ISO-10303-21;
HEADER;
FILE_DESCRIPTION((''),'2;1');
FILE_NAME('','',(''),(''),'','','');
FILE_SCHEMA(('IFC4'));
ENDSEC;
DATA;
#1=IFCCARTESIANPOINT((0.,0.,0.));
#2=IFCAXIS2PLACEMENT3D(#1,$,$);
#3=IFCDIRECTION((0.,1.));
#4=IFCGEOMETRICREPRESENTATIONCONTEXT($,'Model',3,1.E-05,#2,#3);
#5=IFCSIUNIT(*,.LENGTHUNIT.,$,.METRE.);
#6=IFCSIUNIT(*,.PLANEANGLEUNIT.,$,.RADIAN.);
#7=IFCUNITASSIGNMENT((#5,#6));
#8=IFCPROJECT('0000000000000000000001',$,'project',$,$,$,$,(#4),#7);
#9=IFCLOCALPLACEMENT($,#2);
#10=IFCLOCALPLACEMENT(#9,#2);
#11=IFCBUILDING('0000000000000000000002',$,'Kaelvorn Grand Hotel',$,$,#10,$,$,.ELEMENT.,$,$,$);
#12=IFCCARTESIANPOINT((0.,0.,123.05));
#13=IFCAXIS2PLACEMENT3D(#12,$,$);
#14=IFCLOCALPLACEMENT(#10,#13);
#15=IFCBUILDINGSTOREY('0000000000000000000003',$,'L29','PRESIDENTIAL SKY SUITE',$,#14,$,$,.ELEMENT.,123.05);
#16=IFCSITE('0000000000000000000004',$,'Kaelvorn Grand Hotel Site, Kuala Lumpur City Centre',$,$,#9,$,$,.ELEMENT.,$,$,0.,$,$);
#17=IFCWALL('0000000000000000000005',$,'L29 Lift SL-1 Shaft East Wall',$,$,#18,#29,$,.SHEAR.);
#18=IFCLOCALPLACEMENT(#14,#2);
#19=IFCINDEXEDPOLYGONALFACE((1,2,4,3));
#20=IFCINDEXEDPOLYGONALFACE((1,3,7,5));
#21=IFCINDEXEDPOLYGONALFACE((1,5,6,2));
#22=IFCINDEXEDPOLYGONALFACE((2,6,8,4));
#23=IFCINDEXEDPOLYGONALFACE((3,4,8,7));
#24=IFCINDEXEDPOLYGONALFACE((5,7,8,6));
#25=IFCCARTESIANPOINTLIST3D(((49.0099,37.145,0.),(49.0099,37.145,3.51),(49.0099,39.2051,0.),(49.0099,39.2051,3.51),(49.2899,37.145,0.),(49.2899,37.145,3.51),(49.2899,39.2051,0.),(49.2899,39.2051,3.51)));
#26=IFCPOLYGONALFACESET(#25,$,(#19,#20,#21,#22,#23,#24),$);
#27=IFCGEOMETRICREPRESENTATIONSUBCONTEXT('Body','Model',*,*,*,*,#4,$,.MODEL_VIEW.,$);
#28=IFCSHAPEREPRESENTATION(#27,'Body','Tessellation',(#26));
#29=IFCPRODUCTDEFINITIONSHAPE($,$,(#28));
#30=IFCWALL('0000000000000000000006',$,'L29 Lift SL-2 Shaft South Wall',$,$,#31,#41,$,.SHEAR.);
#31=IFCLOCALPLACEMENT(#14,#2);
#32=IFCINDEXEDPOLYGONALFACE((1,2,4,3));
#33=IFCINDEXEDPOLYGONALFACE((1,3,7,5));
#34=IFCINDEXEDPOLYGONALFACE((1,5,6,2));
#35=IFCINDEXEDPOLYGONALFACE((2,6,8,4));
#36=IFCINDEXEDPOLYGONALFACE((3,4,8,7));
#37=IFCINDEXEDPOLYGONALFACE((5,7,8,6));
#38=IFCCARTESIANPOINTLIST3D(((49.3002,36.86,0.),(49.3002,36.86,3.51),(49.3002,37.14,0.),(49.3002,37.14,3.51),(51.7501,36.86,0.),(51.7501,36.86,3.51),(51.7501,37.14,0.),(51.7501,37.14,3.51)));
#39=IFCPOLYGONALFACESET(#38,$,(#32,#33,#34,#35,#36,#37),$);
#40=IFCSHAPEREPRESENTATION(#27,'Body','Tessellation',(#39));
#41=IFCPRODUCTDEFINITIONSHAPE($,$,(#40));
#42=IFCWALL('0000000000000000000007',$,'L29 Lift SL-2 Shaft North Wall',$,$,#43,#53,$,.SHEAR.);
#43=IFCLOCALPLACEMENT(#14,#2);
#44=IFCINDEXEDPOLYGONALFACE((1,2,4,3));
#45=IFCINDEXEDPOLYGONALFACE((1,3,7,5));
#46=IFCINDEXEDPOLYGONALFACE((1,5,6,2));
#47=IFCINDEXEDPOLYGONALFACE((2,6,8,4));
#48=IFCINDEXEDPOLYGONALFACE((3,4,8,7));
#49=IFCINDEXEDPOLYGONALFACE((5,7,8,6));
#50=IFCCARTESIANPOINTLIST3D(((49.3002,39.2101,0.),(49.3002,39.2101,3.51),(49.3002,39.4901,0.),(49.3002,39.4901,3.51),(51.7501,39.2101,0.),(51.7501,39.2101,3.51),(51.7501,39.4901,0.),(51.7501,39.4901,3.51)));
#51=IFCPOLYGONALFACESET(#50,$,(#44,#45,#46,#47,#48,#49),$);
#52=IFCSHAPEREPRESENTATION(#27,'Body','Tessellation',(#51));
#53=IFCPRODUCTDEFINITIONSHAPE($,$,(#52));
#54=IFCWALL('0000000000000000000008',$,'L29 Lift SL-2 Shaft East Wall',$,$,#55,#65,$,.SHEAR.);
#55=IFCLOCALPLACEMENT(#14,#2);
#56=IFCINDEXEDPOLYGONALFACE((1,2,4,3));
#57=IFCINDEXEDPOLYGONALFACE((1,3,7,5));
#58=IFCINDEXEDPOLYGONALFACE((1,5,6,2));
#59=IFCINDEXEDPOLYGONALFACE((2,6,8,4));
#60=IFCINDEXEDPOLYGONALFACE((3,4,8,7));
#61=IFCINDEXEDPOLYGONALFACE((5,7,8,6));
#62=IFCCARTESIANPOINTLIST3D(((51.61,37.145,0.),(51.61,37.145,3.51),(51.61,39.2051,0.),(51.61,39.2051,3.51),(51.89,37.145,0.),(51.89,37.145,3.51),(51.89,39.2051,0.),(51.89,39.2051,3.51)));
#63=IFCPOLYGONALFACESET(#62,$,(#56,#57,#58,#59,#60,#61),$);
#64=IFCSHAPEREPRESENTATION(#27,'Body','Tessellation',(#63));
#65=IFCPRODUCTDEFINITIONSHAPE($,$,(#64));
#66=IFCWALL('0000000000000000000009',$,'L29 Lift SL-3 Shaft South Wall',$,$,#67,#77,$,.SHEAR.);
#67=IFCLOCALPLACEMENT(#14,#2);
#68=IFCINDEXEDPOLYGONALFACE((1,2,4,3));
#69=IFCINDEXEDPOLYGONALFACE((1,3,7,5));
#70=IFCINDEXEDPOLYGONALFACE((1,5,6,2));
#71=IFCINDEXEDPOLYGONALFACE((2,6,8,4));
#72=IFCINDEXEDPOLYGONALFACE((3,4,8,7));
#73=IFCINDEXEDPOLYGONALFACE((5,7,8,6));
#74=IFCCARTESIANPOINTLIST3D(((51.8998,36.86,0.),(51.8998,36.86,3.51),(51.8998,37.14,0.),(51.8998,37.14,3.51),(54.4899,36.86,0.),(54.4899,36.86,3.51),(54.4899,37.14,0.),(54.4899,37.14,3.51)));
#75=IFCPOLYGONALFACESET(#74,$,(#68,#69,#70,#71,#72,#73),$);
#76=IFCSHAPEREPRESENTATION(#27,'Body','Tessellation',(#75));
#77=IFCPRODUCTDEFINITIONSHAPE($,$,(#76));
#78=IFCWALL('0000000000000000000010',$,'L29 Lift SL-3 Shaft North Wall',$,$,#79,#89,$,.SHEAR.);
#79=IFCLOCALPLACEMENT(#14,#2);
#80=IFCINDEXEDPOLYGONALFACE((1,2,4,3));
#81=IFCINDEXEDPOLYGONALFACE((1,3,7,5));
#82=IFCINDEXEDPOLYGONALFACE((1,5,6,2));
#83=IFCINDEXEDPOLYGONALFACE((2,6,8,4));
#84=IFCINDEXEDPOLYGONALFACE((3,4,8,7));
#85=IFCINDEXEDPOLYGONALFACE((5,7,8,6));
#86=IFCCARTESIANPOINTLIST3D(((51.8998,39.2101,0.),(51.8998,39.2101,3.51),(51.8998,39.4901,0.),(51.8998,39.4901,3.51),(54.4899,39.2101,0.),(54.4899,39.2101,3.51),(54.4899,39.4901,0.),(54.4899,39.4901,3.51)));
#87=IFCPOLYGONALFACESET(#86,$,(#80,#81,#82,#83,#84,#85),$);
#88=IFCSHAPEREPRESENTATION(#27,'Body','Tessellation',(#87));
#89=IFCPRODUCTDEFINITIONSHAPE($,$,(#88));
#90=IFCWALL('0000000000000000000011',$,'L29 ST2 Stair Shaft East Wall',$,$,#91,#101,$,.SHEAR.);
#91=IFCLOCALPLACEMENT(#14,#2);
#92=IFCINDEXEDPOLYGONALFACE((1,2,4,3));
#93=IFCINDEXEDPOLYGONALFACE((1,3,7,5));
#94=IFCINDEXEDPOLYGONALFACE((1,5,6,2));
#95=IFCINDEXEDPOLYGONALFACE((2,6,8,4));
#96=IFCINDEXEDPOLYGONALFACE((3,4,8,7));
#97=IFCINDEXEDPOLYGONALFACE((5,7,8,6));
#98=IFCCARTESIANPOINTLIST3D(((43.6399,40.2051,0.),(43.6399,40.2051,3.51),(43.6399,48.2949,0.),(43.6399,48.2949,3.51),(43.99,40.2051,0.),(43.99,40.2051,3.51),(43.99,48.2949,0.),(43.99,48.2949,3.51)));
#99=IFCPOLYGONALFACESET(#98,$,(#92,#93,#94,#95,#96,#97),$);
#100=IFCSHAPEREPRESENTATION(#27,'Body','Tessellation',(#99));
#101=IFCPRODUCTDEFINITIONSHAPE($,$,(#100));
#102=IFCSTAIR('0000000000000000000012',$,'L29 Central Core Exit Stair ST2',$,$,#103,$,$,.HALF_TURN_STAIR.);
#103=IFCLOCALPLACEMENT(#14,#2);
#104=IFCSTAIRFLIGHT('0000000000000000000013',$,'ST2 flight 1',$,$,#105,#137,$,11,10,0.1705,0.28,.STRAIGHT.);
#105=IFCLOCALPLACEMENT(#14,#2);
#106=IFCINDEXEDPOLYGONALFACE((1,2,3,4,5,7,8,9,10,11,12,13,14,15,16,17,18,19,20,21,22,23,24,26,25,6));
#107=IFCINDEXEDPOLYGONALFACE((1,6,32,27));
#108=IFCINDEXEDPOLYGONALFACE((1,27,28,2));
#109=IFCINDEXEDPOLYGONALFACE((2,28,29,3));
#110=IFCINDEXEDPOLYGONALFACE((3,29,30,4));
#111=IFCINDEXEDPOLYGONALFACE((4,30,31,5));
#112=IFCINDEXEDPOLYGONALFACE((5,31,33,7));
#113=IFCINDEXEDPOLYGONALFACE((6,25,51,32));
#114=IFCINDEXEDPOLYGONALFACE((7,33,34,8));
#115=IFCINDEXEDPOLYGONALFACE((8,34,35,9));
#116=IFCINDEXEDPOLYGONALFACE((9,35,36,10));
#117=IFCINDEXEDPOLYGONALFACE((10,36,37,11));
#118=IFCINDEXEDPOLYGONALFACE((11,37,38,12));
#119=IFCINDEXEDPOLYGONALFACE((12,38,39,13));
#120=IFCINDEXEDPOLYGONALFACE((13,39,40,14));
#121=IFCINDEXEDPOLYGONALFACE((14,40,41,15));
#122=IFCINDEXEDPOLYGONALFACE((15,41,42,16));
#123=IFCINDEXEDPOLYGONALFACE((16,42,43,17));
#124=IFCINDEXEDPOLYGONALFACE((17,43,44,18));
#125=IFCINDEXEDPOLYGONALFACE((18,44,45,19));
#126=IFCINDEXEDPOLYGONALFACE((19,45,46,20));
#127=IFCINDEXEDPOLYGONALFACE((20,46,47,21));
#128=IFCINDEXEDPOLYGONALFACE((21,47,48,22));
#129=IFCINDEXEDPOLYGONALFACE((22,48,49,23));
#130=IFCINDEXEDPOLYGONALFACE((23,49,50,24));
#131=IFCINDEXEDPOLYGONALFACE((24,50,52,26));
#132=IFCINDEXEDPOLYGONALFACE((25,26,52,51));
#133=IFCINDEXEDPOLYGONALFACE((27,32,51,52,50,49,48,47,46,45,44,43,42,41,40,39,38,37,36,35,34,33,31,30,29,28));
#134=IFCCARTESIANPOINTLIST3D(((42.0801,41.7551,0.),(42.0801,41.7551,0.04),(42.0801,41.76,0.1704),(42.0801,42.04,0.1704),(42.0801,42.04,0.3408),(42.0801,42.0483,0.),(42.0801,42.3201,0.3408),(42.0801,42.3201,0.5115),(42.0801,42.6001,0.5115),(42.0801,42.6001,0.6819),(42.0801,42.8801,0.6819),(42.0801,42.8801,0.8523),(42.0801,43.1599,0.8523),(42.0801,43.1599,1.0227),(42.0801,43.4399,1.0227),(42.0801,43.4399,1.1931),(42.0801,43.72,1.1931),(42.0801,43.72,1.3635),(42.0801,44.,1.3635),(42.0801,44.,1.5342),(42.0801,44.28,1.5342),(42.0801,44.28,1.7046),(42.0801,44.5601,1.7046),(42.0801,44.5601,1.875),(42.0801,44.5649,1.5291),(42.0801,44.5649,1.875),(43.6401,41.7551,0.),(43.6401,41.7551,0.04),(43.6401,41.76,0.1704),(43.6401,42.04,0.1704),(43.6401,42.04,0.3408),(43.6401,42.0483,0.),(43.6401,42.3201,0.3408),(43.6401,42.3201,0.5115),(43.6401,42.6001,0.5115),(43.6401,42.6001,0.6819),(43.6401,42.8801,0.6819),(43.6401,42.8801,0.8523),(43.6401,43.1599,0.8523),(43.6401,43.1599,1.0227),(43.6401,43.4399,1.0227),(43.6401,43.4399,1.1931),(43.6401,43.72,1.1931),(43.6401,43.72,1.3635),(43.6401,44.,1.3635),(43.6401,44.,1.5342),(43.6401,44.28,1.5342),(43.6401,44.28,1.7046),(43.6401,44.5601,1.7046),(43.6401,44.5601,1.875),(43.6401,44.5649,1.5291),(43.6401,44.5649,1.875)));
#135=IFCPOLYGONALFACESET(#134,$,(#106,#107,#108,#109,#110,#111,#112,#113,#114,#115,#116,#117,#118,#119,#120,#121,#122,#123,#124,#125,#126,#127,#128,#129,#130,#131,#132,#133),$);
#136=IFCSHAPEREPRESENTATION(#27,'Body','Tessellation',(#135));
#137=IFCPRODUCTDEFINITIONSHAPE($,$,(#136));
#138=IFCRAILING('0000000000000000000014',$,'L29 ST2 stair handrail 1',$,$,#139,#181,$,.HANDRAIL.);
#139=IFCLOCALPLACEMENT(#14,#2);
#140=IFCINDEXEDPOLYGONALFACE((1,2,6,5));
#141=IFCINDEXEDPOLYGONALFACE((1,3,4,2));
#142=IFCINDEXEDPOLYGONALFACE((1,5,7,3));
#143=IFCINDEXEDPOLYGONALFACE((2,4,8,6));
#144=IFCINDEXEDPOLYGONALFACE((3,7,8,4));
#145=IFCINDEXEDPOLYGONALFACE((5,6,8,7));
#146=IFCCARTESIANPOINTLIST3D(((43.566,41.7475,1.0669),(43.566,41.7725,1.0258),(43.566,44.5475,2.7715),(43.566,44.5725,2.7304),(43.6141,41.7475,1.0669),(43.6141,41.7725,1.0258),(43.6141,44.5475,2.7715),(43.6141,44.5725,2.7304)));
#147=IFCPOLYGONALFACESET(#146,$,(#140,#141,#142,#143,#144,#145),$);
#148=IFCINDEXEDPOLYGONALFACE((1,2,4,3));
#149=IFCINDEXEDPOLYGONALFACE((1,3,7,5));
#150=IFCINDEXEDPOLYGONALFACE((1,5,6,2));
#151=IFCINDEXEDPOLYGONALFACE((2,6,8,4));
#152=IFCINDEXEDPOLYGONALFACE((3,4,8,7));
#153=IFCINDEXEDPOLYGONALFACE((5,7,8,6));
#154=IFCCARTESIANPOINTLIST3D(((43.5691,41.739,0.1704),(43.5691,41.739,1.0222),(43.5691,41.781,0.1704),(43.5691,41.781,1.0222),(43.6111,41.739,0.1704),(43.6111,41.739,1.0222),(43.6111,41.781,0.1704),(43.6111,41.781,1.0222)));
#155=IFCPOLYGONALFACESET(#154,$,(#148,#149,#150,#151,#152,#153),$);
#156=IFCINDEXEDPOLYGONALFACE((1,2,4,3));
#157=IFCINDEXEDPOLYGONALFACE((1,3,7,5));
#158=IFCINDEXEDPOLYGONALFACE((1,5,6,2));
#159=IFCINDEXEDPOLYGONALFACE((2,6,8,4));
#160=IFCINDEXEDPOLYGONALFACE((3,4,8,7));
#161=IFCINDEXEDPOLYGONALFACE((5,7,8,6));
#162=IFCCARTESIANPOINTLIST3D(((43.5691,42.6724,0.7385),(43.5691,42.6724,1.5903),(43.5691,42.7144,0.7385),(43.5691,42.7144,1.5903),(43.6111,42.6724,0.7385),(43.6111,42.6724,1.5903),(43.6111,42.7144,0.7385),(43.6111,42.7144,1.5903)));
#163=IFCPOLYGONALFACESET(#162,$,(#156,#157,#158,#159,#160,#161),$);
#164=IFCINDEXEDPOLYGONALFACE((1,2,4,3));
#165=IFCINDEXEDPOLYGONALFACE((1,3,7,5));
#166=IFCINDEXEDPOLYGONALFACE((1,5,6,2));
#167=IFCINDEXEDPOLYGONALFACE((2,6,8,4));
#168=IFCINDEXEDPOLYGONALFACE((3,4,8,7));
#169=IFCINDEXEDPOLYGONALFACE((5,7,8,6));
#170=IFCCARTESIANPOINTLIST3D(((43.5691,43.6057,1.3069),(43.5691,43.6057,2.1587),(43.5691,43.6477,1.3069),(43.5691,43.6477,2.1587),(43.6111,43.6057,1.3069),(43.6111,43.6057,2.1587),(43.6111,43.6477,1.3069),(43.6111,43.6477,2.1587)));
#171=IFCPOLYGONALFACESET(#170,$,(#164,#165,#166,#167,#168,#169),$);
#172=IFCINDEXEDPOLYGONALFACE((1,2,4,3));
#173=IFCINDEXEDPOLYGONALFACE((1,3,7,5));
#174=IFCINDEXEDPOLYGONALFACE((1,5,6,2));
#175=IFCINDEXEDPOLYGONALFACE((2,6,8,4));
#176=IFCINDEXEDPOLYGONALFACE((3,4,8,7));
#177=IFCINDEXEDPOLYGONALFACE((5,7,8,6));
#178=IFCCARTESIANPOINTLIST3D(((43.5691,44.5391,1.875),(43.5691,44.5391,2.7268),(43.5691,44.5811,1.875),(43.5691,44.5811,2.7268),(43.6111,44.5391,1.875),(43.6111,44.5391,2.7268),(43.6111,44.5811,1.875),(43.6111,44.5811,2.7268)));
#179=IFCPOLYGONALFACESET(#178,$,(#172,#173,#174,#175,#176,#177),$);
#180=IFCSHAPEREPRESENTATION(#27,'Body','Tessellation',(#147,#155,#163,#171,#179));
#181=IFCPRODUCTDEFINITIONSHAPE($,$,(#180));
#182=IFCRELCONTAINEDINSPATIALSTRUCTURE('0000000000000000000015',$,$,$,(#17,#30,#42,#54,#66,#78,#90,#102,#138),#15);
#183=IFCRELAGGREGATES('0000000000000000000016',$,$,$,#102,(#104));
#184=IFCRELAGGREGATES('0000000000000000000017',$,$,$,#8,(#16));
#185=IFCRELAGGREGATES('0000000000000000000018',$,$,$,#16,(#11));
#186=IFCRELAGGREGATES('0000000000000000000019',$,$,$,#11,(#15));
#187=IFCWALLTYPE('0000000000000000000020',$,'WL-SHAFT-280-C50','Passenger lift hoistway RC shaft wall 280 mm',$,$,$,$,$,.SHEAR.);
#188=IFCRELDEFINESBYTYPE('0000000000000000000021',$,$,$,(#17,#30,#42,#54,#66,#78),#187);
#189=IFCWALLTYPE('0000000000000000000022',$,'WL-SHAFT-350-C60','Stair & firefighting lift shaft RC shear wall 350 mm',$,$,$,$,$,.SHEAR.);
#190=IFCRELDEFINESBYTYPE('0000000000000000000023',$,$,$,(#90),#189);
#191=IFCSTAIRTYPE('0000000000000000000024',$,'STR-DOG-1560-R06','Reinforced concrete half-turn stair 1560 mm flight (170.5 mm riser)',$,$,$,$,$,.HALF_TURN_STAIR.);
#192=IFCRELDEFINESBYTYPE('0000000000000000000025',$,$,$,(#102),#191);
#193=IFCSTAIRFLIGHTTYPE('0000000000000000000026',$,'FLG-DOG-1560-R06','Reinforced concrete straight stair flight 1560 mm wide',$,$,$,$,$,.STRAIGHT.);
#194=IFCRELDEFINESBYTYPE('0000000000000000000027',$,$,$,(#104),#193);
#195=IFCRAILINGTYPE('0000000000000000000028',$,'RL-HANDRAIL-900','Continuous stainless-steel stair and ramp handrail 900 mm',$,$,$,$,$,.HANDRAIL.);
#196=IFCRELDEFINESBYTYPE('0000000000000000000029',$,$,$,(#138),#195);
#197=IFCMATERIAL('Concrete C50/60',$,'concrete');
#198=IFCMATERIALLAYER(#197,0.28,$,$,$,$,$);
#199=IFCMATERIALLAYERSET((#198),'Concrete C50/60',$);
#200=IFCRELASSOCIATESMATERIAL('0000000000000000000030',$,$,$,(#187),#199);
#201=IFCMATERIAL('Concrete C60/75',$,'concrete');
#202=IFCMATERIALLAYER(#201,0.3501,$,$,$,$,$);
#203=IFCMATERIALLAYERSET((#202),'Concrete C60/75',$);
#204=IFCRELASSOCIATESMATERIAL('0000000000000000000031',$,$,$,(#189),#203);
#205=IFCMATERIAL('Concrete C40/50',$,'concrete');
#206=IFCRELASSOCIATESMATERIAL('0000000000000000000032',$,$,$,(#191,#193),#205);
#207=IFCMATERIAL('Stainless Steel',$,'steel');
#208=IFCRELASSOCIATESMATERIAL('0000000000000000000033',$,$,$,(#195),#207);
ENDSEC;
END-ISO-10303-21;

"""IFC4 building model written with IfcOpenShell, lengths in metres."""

from ifc_helpers import new_model, si_unit, direction, frame, frame_2d, origin, origin_2d, place, context, subcontext, project, spatial, polyline, rectangle, outline, extrude, material, layer, layer_set, type_object, element, aggregate, save


model = new_model("IFC4")

# Units and contexts
model_context = context("Model", 3, precision=1e-05, world=origin(), true_north=direction((0.0, 1.0)))
body_context = subcontext(model_context, "Body", "Model", "MODEL_VIEW")
ifc_project = project(units=[si_unit("LENGTHUNIT", "METRE"), si_unit("PLANEANGLEUNIT", "RADIAN")], contexts=[model_context])

# Site, building, storey
site_placement = place(None, origin())
site = spatial("IfcSite", under=ifc_project, at=site_placement, Name="Kaelvorn Grand Hotel Site, Kuala Lumpur City Centre", CompositionType="ELEMENT", RefElevation=0.0)
building_placement = place(site_placement, origin())
building = spatial("IfcBuilding", under=site, at=building_placement, Name="Kaelvorn Grand Hotel", CompositionType="ELEMENT")
storey_placement = place(building_placement, frame((0.0, 0.0, 123.05)))
storey = spatial("IfcBuildingStorey", under=building, at=storey_placement, Name="L29", Description="PRESIDENTIAL SKY SUITE", CompositionType="ELEMENT", Elevation=123.05)

# Shared definitions
ifc_material_1 = material(Name="Concrete C60/75", Category="concrete")

# Walls
ifc_material_2 = material(Name="Concrete C40/50", Category="concrete")
ifc_material_3 = material(Name="Concrete C50/60", Category="concrete")
ifc_layer_1 = layer(ifc_material_3, 0.28)
ifc_layer_set_1 = layer_set([ifc_layer_1], Name="Concrete C50/60")
wall_type_1 = type_object("IfcWallType", Name="WL-SHAFT-280-C50", Description="Passenger lift hoistway RC shaft wall 280 mm", PredefinedType="SHEAR", material=ifc_layer_set_1)
for number, where, z_axis, x_axis, name in (
    (1, (49.1499, 37.145, 0.0), (0.0, 0.0, 1.0), (0.0, 1.0, 0.0), "L29 Lift SL-1 Shaft East Wall"),
):
    element("IfcWall", number, at=place(storey_placement, frame(where, z_axis=z_axis, x_axis=x_axis)), inside=storey, type_object=wall_type_1, Name=name, PredefinedType="SHEAR", context=body_context, shape_type="SweptSolid", body=[
        extrude(rectangle(XDim=2.0601, YDim=0.28, at=frame_2d((1.03, 0.0))), origin(), (0.0, 0.0, 1.0), 3.51),
    ])
for number, where, z_axis, x_axis, name in (
    (2, (49.3, 37.0, 0.0), (0.0, 0.0, 1.0), (1.0, 0.0, 0.0), "L29 Lift SL-2 Shaft South Wall"),
    (3, (49.3, 39.3501, 0.0), (0.0, 0.0, 1.0), (1.0, 0.0, 0.0), "L29 Lift SL-2 Shaft North Wall"),
):
    element("IfcWall", number, at=place(storey_placement, frame(where, z_axis=z_axis, x_axis=x_axis)), inside=storey, type_object=wall_type_1, Name=name, PredefinedType="SHEAR", context=body_context, shape_type="SweptSolid", body=[
        extrude(rectangle(XDim=2.45, YDim=0.28, at=frame_2d((1.2251, 0.0))), origin(), (0.0, 0.0, 1.0), 3.51),
    ])
wall_1_placement = place(storey_placement, frame((51.75, 37.145, 0.0), z_axis=(0.0, 0.0, 1.0), x_axis=(0.0, 1.0, 0.0)))
element("IfcWall", 4, at=wall_1_placement, inside=storey, type_object=wall_type_1, Name="L29 Lift SL-2 Shaft East Wall", PredefinedType="SHEAR", context=body_context, shape_type="SweptSolid", body=[
    extrude(rectangle(XDim=2.0601, YDim=0.28, at=frame_2d((1.03, 0.0))), origin(), (0.0, 0.0, 1.0), 3.51),
])
for number, where, z_axis, x_axis, name in (
    (5, (51.8999, 37.0, 0.0), (0.0, 0.0, 1.0), (1.0, 0.0, 0.0), "L29 Lift SL-3 Shaft South Wall"),
    (6, (51.8999, 39.3501, 0.0), (0.0, 0.0, 1.0), (1.0, 0.0, 0.0), "L29 Lift SL-3 Shaft North Wall"),
):
    element("IfcWall", number, at=place(storey_placement, frame(where, z_axis=z_axis, x_axis=x_axis)), inside=storey, type_object=wall_type_1, Name=name, PredefinedType="SHEAR", context=body_context, shape_type="SweptSolid", body=[
        extrude(rectangle(XDim=2.5901, YDim=0.28, at=frame_2d((1.2949, 0.0))), origin(), (0.0, 0.0, 1.0), 3.51),
    ])
ifc_layer_2 = layer(ifc_material_1, 0.3501)
ifc_layer_set_2 = layer_set([ifc_layer_2], Name="Concrete C60/75")
wall_type_2 = type_object("IfcWallType", Name="WL-SHAFT-350-C60", Description="Stair & firefighting lift shaft RC shear wall 350 mm", PredefinedType="SHEAR", material=ifc_layer_set_2)
wall_2_placement = place(storey_placement, frame((43.8149, 40.2051, 0.0), z_axis=(0.0, 0.0, 1.0), x_axis=(0.0, 1.0, 0.0)))
element("IfcWall", 7, at=wall_2_placement, inside=storey, type_object=wall_type_2, Name="L29 ST2 Stair Shaft East Wall", PredefinedType="SHEAR", context=body_context, shape_type="SweptSolid", body=[
    extrude(rectangle(XDim=8.0898, YDim=0.3501, at=frame_2d((4.0449, 0.0))), origin(), (0.0, 0.0, 1.0), 3.51),
])

# Stair, stair flight
stair_type = type_object("IfcStairType", Name="STR-DOG-1560-R06", Description="Reinforced concrete half-turn stair 1560 mm flight (170.5 mm riser)", PredefinedType="HALF_TURN_STAIR", material=ifc_material_2)
stair_placement = place(storey_placement, origin())
stair = element("IfcStair", 8, at=stair_placement, inside=storey, type_object=stair_type, Name="L29 Central Core Exit Stair ST2", PredefinedType="HALF_TURN_STAIR")
stair_flight_type = type_object("IfcStairFlightType", Name="FLG-DOG-1560-R06", Description="Reinforced concrete straight stair flight 1560 mm wide", PredefinedType="STRAIGHT", material=ifc_material_2)
stair_flight_placement = place(storey_placement, frame((42.8601, 41.76, 0.0), z_axis=(0.0, 0.0, 1.0), x_axis=(0.0, 1.0, 0.0)))
stair_flight = element("IfcStairFlight", 9, at=stair_flight_placement, type_object=stair_flight_type, Name="ST2 flight 1", NumberOfRisers=11, NumberOfTreads=10, PredefinedType="STRAIGHT", RiserHeight=0.1705, TreadLength=0.28, context=body_context, shape_type="SweptSolid", body=[
    extrude(outline(polyline([(-0.0049, 0.0), (-0.0049, 0.04), (0.0, 0.1704), (0.28, 0.1704), (0.28, 0.3408), (0.5601, 0.3408), (0.5601, 0.5115), (0.8401, 0.5115), (0.8401, 0.6819), (1.1201, 0.6819), (1.1201, 0.8523), (1.3999, 0.8523), (1.3999, 1.0227), (1.6799, 1.0227), (1.6799, 1.1931), (1.96, 1.1931), (1.96, 1.3635), (2.24, 1.3635), (2.24, 1.5342), (2.52, 1.5342), (2.52, 1.7046), (2.8, 1.7046), (2.8, 1.875), (2.8049, 1.875), (2.8049, 1.5291), (0.2883, 0.0), (-0.0049, 0.0)])), frame((0.0, 0.78, 0.0), z_axis=(0.0, -1.0, 0.0), x_axis=(1.0, 0.0, 0.0)), (0.0, 0.0, 1.0), 1.5601),
])
aggregate(stair, [stair_flight])

# Railing
ifc_material_4 = material(Name="Stainless Steel", Category="steel")
railing_type_1 = type_object("IfcRailingType", Name="RL-HANDRAIL-900", Description="Continuous stainless-steel stair and ramp handrail 900 mm", PredefinedType="HANDRAIL", material=ifc_material_4)
railing_1_placement = place(storey_placement, frame((43.5901, 41.76, 0.1704)))
element("IfcRailing", 10, at=railing_1_placement, inside=storey, type_object=railing_type_1, Name="L29 ST2 stair handrail 1", PredefinedType="HANDRAIL", context=body_context, shape_type="SweptSolid", body=[
    extrude(rectangle(XDim=0.0481, YDim=0.0481, at=origin_2d()), frame((0.0, 0.0, 0.876), z_axis=(0.0, 0.85417, 0.519994), x_axis=(-1.0, 0.0, 0.0)), (0.0, 0.0, 1.0), 3.2781),
    extrude(rectangle(XDim=0.042, YDim=0.042, at=origin_2d()), origin(), (0.0, 0.0, 1.0), 0.8518),
    extrude(rectangle(XDim=0.042, YDim=0.042, at=origin_2d()), frame((0.0, 0.9333, 0.5681)), (0.0, 0.0, 1.0), 0.8518),
    extrude(rectangle(XDim=0.042, YDim=0.042, at=origin_2d()), frame((0.0, 1.8667, 1.1365)), (0.0, 0.0, 1.0), 0.8518),
    extrude(rectangle(XDim=0.042, YDim=0.042, at=origin_2d()), frame((0.0, 2.8, 1.7046)), (0.0, 0.0, 1.0), 0.8518),
])

save(model, "model.ifc")
